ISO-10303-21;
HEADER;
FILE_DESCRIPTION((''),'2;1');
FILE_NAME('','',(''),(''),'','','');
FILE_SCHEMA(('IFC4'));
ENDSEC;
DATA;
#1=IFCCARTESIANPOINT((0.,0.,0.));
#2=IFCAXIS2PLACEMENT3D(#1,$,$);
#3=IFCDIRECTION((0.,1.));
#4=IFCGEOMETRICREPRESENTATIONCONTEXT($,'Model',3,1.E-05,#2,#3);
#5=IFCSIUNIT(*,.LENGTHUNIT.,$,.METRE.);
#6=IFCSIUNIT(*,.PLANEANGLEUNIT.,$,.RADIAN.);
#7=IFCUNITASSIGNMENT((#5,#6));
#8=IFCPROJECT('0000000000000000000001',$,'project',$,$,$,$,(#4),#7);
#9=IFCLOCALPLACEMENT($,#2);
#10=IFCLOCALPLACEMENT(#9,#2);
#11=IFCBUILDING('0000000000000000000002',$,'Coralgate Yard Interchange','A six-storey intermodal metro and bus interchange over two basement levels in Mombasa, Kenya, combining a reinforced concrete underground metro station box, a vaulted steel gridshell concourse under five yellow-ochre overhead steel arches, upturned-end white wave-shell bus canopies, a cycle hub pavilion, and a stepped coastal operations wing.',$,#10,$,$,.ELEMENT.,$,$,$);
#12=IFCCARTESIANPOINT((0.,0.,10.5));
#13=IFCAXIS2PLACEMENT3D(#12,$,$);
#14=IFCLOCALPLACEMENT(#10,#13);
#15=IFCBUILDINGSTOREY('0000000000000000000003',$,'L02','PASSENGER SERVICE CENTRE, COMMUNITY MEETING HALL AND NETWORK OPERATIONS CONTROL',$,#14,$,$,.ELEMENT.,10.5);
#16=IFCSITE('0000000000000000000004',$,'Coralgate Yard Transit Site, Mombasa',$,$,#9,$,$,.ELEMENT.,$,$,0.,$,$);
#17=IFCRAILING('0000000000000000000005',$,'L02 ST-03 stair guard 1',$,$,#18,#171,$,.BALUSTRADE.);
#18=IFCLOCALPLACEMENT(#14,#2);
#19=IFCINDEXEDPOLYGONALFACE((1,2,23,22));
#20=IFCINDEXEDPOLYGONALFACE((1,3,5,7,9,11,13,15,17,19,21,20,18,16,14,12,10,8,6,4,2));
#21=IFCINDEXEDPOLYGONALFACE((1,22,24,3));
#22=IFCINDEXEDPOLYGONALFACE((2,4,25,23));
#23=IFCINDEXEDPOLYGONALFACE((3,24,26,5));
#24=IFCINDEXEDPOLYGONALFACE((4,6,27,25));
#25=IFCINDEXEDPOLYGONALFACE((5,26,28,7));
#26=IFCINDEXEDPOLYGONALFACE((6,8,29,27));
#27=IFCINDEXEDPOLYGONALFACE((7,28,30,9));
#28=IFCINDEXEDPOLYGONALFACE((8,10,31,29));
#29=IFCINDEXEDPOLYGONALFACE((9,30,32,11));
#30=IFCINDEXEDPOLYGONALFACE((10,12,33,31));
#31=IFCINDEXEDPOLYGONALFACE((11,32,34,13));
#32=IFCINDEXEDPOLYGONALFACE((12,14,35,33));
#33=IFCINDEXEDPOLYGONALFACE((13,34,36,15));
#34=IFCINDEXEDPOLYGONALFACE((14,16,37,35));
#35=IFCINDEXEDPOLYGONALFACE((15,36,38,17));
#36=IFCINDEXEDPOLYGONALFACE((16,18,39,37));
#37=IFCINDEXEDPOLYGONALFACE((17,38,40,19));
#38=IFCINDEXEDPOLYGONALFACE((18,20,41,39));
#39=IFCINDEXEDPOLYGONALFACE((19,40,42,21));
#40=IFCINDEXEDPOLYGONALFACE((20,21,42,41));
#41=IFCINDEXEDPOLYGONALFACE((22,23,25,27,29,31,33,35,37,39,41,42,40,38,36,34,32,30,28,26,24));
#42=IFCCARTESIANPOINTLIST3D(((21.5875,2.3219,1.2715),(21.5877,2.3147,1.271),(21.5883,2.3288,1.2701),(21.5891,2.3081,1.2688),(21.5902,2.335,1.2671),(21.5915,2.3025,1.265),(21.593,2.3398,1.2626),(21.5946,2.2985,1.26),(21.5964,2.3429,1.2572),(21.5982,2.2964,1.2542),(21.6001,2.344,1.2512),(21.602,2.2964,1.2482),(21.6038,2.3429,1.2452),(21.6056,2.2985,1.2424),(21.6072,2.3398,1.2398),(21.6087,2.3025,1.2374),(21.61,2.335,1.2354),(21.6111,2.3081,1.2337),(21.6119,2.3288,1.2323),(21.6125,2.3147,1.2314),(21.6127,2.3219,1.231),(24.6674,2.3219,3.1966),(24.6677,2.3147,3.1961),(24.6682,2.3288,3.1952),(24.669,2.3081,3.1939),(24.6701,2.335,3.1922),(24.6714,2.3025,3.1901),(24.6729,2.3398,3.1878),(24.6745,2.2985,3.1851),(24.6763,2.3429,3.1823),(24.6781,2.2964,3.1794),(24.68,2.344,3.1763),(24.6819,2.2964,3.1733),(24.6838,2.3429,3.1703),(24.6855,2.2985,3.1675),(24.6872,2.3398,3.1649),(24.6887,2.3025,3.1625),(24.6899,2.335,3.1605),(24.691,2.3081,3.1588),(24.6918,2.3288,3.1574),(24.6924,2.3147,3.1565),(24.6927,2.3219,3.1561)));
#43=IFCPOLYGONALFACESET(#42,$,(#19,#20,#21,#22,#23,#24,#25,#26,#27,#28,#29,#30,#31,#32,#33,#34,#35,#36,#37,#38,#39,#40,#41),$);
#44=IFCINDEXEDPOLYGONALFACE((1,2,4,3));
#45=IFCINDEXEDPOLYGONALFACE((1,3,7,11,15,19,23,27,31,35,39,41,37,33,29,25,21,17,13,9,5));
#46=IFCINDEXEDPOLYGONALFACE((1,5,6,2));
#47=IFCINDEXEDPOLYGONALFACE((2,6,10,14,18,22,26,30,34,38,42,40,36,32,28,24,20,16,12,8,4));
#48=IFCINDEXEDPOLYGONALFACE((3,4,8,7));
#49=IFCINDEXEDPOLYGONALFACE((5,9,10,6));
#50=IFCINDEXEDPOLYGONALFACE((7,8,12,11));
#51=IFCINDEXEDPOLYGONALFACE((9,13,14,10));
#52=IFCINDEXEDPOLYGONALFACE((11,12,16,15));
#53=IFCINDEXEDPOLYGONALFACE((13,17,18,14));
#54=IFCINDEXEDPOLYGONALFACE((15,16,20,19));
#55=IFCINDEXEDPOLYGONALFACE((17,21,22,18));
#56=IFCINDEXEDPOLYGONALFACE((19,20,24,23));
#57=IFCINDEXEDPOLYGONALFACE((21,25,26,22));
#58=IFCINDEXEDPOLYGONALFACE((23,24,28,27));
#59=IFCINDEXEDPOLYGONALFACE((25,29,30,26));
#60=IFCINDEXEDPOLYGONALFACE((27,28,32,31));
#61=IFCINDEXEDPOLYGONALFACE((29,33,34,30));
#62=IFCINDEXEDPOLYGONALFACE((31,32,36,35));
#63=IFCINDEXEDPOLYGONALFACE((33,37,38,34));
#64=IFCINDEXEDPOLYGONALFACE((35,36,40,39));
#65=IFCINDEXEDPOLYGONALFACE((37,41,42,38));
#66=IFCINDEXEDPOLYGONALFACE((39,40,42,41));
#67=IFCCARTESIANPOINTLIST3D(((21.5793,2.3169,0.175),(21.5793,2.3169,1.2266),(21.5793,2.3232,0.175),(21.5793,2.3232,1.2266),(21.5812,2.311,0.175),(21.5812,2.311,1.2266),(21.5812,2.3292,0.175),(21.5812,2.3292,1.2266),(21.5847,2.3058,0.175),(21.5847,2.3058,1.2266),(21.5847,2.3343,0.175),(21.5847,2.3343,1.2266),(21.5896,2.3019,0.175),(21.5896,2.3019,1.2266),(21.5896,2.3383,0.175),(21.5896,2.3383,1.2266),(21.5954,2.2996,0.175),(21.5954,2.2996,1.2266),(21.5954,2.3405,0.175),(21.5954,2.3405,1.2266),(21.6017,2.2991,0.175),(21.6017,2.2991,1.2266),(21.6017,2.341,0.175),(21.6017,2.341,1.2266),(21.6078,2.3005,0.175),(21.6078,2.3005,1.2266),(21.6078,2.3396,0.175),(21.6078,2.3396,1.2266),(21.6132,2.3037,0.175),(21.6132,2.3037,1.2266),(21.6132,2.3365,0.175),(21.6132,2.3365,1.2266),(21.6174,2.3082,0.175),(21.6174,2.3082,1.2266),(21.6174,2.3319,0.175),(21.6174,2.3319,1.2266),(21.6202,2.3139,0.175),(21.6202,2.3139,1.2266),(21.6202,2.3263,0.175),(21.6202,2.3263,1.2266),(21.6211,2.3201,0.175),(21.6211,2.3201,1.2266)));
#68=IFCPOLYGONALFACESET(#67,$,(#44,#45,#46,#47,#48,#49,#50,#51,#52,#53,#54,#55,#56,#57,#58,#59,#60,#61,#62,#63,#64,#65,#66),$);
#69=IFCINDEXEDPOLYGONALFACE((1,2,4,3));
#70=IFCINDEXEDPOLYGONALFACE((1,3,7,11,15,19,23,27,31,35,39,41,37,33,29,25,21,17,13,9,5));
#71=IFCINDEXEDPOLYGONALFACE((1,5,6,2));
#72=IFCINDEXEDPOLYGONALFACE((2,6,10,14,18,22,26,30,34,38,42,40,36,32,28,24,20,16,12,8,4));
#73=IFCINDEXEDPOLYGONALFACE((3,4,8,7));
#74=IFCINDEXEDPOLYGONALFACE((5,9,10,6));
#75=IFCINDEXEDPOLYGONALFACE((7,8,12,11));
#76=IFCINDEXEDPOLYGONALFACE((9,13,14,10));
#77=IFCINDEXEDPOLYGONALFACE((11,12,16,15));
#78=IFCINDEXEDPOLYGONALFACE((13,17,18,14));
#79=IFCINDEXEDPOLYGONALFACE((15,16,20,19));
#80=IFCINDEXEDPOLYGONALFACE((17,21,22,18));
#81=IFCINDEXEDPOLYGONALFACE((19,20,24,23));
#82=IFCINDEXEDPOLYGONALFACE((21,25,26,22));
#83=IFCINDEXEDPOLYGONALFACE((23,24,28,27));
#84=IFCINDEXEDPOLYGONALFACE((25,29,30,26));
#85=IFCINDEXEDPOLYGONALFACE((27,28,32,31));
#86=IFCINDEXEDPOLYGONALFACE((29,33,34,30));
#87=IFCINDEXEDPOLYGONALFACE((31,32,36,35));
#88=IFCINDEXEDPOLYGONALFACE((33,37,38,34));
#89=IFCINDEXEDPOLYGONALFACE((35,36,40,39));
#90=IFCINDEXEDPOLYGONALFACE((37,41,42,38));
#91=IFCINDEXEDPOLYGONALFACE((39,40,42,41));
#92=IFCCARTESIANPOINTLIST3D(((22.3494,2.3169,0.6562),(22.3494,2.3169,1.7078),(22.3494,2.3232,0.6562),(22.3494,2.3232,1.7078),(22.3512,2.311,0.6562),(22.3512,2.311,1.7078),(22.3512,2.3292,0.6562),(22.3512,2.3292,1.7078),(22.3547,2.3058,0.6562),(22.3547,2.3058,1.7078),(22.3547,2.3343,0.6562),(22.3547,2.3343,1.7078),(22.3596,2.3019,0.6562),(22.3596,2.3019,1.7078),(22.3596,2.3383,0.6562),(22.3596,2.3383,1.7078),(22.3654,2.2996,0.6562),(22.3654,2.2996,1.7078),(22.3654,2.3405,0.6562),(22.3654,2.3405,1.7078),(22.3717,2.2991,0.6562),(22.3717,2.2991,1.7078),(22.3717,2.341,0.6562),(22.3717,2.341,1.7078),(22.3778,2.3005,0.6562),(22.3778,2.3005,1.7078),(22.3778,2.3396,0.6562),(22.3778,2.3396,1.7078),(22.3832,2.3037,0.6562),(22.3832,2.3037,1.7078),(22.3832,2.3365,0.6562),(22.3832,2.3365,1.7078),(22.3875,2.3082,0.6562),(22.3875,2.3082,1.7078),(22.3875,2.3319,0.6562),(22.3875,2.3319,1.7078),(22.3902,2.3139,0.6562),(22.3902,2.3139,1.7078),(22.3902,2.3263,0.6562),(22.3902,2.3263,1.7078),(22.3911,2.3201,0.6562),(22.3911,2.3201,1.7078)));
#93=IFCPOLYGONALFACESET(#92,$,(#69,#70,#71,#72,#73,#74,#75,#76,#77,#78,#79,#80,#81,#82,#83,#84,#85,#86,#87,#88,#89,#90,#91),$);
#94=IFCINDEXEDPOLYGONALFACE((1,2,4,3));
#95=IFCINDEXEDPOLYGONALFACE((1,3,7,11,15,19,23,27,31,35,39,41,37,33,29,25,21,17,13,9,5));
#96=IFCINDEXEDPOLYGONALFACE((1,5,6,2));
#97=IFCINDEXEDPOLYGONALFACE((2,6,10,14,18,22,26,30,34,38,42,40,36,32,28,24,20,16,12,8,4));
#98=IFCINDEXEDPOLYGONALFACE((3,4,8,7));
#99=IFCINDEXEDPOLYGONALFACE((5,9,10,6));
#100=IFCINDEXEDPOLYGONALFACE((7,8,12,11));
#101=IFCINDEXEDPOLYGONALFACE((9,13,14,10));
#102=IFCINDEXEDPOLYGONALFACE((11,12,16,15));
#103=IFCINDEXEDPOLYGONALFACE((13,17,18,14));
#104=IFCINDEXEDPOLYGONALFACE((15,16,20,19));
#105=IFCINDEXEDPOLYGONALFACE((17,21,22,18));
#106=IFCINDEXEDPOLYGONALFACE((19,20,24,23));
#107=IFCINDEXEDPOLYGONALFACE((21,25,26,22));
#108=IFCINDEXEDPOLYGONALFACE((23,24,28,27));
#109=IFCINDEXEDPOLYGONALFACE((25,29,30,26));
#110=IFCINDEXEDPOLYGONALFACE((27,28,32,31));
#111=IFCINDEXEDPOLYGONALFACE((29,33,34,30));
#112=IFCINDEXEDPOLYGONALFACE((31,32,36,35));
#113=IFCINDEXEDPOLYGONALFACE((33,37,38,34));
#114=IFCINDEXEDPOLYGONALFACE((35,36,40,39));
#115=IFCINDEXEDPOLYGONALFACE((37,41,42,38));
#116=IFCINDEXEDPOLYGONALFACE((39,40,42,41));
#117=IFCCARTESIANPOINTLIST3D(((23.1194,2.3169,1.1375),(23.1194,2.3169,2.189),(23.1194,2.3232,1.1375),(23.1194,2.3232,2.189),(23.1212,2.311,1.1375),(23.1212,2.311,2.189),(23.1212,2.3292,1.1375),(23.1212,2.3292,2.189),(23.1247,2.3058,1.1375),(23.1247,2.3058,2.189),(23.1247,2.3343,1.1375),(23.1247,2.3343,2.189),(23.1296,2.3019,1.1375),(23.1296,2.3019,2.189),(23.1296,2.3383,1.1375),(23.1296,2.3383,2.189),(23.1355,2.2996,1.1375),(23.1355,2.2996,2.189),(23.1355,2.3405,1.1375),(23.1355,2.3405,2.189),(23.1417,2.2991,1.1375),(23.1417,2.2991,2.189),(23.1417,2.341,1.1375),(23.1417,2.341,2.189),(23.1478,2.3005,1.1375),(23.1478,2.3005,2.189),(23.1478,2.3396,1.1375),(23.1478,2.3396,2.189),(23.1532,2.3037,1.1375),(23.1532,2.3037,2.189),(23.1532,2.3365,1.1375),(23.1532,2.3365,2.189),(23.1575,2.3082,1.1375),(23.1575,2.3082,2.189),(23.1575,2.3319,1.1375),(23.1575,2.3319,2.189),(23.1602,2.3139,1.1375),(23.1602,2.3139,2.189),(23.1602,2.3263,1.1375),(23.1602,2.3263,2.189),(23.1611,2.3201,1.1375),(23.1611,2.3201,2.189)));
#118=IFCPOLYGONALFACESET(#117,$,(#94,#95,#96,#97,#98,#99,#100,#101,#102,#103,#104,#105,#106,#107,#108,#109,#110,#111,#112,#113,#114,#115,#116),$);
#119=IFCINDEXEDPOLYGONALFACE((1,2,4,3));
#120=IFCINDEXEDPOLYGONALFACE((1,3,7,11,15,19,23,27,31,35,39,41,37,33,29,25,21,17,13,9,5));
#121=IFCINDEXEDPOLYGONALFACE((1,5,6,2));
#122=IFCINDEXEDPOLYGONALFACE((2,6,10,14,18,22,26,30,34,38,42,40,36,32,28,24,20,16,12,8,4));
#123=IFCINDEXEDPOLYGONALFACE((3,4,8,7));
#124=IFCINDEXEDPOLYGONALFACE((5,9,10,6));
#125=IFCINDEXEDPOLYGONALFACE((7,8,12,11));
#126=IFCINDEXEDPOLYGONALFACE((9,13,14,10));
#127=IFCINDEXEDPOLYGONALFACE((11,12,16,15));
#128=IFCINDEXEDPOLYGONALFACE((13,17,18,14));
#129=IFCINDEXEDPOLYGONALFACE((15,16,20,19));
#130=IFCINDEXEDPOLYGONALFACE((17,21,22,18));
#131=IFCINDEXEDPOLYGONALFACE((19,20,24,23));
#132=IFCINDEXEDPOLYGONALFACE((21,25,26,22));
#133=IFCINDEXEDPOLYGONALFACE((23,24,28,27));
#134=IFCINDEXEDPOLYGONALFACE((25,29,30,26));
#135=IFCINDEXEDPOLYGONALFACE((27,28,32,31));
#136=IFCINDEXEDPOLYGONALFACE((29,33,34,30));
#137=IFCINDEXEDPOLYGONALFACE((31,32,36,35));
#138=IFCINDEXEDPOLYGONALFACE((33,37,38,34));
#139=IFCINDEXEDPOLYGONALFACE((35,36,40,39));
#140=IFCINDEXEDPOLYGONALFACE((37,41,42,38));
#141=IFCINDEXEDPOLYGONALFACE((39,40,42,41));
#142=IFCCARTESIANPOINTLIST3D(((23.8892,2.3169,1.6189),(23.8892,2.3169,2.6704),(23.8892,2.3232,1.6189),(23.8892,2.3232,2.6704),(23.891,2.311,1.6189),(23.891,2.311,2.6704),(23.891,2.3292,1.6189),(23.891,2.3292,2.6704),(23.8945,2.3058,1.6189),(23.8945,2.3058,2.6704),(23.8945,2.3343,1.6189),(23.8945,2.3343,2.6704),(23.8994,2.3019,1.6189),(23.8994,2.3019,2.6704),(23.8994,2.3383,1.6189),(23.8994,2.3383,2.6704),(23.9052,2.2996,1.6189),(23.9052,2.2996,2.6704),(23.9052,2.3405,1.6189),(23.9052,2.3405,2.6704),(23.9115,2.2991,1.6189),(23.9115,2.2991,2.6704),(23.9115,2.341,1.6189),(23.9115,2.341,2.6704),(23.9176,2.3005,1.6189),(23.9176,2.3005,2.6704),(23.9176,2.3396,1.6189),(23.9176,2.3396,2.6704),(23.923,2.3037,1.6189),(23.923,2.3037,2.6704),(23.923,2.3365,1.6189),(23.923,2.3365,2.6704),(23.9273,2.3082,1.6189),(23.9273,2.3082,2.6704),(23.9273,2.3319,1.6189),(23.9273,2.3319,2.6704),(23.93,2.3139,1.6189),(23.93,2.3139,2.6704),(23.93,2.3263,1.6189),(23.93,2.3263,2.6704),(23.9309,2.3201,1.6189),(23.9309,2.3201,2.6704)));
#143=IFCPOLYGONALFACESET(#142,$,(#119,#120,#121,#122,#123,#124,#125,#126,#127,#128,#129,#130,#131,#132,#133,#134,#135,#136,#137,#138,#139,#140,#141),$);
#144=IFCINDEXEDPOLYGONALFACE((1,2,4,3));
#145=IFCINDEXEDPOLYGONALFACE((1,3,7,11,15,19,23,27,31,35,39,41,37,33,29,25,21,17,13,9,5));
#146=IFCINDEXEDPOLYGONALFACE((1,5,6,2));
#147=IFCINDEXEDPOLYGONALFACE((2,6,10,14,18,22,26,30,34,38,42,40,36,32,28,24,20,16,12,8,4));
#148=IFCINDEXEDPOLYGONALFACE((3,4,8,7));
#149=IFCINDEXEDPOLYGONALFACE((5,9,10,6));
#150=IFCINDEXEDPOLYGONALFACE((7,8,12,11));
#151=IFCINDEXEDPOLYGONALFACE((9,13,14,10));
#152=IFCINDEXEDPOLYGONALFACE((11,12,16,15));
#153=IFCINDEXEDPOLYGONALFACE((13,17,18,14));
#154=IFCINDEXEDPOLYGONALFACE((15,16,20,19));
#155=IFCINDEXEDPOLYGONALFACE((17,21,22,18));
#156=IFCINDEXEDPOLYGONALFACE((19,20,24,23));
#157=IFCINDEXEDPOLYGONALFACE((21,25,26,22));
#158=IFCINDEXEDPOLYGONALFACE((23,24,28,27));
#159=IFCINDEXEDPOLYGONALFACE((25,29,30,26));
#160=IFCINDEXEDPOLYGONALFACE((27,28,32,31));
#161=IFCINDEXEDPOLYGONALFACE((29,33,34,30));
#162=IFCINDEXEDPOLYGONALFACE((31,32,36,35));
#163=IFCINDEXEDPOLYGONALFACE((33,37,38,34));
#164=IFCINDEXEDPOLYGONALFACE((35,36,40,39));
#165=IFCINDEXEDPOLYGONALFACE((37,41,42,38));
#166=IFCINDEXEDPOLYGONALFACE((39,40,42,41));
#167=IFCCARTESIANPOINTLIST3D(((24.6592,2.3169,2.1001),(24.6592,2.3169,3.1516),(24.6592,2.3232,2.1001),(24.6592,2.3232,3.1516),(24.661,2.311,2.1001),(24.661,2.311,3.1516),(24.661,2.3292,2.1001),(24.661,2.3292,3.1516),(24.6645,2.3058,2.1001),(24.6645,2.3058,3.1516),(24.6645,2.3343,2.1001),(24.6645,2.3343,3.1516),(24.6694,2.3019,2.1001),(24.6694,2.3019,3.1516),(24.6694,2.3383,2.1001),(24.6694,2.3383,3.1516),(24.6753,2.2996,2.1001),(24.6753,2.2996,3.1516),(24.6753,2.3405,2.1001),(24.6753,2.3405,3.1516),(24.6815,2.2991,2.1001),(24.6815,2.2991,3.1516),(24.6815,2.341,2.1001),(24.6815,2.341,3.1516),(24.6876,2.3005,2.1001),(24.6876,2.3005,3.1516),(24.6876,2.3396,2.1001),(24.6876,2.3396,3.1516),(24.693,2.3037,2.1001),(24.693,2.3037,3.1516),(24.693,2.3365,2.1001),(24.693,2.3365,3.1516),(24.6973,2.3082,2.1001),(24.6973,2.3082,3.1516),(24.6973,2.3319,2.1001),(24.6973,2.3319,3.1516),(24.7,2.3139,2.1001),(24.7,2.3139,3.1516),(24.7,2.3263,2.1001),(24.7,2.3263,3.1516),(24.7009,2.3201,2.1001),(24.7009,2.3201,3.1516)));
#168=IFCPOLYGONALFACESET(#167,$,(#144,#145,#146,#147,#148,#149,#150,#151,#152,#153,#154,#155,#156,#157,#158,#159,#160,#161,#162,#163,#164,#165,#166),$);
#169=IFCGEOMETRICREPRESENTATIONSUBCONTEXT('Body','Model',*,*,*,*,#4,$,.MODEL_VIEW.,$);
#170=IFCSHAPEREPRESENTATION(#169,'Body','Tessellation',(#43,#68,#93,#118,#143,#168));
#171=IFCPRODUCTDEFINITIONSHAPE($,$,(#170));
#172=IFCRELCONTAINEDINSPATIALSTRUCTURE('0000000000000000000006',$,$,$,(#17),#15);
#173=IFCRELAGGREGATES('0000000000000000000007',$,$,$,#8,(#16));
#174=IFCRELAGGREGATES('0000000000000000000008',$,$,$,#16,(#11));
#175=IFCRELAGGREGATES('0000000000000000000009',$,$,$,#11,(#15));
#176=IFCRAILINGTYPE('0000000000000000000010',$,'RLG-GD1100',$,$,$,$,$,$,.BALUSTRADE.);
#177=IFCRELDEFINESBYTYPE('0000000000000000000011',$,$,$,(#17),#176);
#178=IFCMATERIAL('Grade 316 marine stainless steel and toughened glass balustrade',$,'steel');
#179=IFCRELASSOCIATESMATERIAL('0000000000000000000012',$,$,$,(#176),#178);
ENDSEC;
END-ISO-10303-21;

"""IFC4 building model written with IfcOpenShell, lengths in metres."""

from ifc_helpers import new_model, si_unit, direction, frame, origin, origin_2d, place, context, subcontext, project, spatial, circle, extrude, material, type_object, element, save


model = new_model("IFC4")

# Units and contexts
model_context = context("Model", 3, precision=1e-05, world=origin(), true_north=direction((0.0, 1.0)))
body_context = subcontext(model_context, "Body", "Model", "MODEL_VIEW")
ifc_project = project(units=[si_unit("LENGTHUNIT", "METRE"), si_unit("PLANEANGLEUNIT", "RADIAN")], contexts=[model_context])

# Site, building, storey
site_placement = place(None, origin())
site = spatial("IfcSite", under=ifc_project, at=site_placement, Name="Coralgate Yard Transit Site, Mombasa", CompositionType="ELEMENT", RefElevation=0.0)
building_placement = place(site_placement, origin())
building = spatial("IfcBuilding", under=site, at=building_placement, Name="Coralgate Yard Interchange", Description="A six-storey intermodal metro and bus interchange over two basement levels in Mombasa, Kenya, combining a reinforced concrete underground metro station box, a vaulted steel gridshell concourse under five yellow-ochre overhead steel arches, upturned-end white wave-shell bus canopies, a cycle hub pavilion, and a stepped coastal operations wing.", CompositionType="ELEMENT")
storey_placement = place(building_placement, frame((0.0, 0.0, 10.5)))
storey = spatial("IfcBuildingStorey", under=building, at=storey_placement, Name="L02", Description="PASSENGER SERVICE CENTRE, COMMUNITY MEETING HALL AND NETWORK OPERATIONS CONTROL", CompositionType="ELEMENT", Elevation=10.5)

# Railing
ifc_material_1 = material(Name="Grade 316 marine stainless steel and toughened glass balustrade", Category="steel")
railing_type_1 = type_object("IfcRailingType", Name="RLG-GD1100", PredefinedType="BALUSTRADE", material=ifc_material_1)
railing_1_placement = place(storey_placement, frame((21.6001, 2.3201, 0.175)))
element("IfcRailing", 1, at=railing_1_placement, inside=storey, type_object=railing_type_1, Name="L02 ST-03 stair guard 1", PredefinedType="BALUSTRADE", context=body_context, shape_type="SweptSolid", body=[
    extrude(circle(Radius=0.0239, at=origin_2d()), frame((0.0, 0.0, 1.0762), z_axis=(0.847979, 0.0, 0.530029), x_axis=(0.0, 1.0, 0.0)), (0.0, 0.0, 1.0), 3.6321),
    extrude(circle(Radius=0.021, at=origin_2d()), origin(), (0.0, 0.0, 1.0), 1.0515),
    extrude(circle(Radius=0.021, at=origin_2d()), frame((0.77, 0.0, 0.4812)), (0.0, 0.0, 1.0), 1.0515),
    extrude(circle(Radius=0.021, at=origin_2d()), frame((1.54, 0.0, 0.9624)), (0.0, 0.0, 1.0), 1.0515),
    extrude(circle(Radius=0.021, at=origin_2d()), frame((2.3098, 0.0, 1.4438)), (0.0, 0.0, 1.0), 1.0515),
    extrude(circle(Radius=0.021, at=origin_2d()), frame((3.0798, 0.0, 1.925)), (0.0, 0.0, 1.0), 1.0515),
])

save(model, "model.ifc")
